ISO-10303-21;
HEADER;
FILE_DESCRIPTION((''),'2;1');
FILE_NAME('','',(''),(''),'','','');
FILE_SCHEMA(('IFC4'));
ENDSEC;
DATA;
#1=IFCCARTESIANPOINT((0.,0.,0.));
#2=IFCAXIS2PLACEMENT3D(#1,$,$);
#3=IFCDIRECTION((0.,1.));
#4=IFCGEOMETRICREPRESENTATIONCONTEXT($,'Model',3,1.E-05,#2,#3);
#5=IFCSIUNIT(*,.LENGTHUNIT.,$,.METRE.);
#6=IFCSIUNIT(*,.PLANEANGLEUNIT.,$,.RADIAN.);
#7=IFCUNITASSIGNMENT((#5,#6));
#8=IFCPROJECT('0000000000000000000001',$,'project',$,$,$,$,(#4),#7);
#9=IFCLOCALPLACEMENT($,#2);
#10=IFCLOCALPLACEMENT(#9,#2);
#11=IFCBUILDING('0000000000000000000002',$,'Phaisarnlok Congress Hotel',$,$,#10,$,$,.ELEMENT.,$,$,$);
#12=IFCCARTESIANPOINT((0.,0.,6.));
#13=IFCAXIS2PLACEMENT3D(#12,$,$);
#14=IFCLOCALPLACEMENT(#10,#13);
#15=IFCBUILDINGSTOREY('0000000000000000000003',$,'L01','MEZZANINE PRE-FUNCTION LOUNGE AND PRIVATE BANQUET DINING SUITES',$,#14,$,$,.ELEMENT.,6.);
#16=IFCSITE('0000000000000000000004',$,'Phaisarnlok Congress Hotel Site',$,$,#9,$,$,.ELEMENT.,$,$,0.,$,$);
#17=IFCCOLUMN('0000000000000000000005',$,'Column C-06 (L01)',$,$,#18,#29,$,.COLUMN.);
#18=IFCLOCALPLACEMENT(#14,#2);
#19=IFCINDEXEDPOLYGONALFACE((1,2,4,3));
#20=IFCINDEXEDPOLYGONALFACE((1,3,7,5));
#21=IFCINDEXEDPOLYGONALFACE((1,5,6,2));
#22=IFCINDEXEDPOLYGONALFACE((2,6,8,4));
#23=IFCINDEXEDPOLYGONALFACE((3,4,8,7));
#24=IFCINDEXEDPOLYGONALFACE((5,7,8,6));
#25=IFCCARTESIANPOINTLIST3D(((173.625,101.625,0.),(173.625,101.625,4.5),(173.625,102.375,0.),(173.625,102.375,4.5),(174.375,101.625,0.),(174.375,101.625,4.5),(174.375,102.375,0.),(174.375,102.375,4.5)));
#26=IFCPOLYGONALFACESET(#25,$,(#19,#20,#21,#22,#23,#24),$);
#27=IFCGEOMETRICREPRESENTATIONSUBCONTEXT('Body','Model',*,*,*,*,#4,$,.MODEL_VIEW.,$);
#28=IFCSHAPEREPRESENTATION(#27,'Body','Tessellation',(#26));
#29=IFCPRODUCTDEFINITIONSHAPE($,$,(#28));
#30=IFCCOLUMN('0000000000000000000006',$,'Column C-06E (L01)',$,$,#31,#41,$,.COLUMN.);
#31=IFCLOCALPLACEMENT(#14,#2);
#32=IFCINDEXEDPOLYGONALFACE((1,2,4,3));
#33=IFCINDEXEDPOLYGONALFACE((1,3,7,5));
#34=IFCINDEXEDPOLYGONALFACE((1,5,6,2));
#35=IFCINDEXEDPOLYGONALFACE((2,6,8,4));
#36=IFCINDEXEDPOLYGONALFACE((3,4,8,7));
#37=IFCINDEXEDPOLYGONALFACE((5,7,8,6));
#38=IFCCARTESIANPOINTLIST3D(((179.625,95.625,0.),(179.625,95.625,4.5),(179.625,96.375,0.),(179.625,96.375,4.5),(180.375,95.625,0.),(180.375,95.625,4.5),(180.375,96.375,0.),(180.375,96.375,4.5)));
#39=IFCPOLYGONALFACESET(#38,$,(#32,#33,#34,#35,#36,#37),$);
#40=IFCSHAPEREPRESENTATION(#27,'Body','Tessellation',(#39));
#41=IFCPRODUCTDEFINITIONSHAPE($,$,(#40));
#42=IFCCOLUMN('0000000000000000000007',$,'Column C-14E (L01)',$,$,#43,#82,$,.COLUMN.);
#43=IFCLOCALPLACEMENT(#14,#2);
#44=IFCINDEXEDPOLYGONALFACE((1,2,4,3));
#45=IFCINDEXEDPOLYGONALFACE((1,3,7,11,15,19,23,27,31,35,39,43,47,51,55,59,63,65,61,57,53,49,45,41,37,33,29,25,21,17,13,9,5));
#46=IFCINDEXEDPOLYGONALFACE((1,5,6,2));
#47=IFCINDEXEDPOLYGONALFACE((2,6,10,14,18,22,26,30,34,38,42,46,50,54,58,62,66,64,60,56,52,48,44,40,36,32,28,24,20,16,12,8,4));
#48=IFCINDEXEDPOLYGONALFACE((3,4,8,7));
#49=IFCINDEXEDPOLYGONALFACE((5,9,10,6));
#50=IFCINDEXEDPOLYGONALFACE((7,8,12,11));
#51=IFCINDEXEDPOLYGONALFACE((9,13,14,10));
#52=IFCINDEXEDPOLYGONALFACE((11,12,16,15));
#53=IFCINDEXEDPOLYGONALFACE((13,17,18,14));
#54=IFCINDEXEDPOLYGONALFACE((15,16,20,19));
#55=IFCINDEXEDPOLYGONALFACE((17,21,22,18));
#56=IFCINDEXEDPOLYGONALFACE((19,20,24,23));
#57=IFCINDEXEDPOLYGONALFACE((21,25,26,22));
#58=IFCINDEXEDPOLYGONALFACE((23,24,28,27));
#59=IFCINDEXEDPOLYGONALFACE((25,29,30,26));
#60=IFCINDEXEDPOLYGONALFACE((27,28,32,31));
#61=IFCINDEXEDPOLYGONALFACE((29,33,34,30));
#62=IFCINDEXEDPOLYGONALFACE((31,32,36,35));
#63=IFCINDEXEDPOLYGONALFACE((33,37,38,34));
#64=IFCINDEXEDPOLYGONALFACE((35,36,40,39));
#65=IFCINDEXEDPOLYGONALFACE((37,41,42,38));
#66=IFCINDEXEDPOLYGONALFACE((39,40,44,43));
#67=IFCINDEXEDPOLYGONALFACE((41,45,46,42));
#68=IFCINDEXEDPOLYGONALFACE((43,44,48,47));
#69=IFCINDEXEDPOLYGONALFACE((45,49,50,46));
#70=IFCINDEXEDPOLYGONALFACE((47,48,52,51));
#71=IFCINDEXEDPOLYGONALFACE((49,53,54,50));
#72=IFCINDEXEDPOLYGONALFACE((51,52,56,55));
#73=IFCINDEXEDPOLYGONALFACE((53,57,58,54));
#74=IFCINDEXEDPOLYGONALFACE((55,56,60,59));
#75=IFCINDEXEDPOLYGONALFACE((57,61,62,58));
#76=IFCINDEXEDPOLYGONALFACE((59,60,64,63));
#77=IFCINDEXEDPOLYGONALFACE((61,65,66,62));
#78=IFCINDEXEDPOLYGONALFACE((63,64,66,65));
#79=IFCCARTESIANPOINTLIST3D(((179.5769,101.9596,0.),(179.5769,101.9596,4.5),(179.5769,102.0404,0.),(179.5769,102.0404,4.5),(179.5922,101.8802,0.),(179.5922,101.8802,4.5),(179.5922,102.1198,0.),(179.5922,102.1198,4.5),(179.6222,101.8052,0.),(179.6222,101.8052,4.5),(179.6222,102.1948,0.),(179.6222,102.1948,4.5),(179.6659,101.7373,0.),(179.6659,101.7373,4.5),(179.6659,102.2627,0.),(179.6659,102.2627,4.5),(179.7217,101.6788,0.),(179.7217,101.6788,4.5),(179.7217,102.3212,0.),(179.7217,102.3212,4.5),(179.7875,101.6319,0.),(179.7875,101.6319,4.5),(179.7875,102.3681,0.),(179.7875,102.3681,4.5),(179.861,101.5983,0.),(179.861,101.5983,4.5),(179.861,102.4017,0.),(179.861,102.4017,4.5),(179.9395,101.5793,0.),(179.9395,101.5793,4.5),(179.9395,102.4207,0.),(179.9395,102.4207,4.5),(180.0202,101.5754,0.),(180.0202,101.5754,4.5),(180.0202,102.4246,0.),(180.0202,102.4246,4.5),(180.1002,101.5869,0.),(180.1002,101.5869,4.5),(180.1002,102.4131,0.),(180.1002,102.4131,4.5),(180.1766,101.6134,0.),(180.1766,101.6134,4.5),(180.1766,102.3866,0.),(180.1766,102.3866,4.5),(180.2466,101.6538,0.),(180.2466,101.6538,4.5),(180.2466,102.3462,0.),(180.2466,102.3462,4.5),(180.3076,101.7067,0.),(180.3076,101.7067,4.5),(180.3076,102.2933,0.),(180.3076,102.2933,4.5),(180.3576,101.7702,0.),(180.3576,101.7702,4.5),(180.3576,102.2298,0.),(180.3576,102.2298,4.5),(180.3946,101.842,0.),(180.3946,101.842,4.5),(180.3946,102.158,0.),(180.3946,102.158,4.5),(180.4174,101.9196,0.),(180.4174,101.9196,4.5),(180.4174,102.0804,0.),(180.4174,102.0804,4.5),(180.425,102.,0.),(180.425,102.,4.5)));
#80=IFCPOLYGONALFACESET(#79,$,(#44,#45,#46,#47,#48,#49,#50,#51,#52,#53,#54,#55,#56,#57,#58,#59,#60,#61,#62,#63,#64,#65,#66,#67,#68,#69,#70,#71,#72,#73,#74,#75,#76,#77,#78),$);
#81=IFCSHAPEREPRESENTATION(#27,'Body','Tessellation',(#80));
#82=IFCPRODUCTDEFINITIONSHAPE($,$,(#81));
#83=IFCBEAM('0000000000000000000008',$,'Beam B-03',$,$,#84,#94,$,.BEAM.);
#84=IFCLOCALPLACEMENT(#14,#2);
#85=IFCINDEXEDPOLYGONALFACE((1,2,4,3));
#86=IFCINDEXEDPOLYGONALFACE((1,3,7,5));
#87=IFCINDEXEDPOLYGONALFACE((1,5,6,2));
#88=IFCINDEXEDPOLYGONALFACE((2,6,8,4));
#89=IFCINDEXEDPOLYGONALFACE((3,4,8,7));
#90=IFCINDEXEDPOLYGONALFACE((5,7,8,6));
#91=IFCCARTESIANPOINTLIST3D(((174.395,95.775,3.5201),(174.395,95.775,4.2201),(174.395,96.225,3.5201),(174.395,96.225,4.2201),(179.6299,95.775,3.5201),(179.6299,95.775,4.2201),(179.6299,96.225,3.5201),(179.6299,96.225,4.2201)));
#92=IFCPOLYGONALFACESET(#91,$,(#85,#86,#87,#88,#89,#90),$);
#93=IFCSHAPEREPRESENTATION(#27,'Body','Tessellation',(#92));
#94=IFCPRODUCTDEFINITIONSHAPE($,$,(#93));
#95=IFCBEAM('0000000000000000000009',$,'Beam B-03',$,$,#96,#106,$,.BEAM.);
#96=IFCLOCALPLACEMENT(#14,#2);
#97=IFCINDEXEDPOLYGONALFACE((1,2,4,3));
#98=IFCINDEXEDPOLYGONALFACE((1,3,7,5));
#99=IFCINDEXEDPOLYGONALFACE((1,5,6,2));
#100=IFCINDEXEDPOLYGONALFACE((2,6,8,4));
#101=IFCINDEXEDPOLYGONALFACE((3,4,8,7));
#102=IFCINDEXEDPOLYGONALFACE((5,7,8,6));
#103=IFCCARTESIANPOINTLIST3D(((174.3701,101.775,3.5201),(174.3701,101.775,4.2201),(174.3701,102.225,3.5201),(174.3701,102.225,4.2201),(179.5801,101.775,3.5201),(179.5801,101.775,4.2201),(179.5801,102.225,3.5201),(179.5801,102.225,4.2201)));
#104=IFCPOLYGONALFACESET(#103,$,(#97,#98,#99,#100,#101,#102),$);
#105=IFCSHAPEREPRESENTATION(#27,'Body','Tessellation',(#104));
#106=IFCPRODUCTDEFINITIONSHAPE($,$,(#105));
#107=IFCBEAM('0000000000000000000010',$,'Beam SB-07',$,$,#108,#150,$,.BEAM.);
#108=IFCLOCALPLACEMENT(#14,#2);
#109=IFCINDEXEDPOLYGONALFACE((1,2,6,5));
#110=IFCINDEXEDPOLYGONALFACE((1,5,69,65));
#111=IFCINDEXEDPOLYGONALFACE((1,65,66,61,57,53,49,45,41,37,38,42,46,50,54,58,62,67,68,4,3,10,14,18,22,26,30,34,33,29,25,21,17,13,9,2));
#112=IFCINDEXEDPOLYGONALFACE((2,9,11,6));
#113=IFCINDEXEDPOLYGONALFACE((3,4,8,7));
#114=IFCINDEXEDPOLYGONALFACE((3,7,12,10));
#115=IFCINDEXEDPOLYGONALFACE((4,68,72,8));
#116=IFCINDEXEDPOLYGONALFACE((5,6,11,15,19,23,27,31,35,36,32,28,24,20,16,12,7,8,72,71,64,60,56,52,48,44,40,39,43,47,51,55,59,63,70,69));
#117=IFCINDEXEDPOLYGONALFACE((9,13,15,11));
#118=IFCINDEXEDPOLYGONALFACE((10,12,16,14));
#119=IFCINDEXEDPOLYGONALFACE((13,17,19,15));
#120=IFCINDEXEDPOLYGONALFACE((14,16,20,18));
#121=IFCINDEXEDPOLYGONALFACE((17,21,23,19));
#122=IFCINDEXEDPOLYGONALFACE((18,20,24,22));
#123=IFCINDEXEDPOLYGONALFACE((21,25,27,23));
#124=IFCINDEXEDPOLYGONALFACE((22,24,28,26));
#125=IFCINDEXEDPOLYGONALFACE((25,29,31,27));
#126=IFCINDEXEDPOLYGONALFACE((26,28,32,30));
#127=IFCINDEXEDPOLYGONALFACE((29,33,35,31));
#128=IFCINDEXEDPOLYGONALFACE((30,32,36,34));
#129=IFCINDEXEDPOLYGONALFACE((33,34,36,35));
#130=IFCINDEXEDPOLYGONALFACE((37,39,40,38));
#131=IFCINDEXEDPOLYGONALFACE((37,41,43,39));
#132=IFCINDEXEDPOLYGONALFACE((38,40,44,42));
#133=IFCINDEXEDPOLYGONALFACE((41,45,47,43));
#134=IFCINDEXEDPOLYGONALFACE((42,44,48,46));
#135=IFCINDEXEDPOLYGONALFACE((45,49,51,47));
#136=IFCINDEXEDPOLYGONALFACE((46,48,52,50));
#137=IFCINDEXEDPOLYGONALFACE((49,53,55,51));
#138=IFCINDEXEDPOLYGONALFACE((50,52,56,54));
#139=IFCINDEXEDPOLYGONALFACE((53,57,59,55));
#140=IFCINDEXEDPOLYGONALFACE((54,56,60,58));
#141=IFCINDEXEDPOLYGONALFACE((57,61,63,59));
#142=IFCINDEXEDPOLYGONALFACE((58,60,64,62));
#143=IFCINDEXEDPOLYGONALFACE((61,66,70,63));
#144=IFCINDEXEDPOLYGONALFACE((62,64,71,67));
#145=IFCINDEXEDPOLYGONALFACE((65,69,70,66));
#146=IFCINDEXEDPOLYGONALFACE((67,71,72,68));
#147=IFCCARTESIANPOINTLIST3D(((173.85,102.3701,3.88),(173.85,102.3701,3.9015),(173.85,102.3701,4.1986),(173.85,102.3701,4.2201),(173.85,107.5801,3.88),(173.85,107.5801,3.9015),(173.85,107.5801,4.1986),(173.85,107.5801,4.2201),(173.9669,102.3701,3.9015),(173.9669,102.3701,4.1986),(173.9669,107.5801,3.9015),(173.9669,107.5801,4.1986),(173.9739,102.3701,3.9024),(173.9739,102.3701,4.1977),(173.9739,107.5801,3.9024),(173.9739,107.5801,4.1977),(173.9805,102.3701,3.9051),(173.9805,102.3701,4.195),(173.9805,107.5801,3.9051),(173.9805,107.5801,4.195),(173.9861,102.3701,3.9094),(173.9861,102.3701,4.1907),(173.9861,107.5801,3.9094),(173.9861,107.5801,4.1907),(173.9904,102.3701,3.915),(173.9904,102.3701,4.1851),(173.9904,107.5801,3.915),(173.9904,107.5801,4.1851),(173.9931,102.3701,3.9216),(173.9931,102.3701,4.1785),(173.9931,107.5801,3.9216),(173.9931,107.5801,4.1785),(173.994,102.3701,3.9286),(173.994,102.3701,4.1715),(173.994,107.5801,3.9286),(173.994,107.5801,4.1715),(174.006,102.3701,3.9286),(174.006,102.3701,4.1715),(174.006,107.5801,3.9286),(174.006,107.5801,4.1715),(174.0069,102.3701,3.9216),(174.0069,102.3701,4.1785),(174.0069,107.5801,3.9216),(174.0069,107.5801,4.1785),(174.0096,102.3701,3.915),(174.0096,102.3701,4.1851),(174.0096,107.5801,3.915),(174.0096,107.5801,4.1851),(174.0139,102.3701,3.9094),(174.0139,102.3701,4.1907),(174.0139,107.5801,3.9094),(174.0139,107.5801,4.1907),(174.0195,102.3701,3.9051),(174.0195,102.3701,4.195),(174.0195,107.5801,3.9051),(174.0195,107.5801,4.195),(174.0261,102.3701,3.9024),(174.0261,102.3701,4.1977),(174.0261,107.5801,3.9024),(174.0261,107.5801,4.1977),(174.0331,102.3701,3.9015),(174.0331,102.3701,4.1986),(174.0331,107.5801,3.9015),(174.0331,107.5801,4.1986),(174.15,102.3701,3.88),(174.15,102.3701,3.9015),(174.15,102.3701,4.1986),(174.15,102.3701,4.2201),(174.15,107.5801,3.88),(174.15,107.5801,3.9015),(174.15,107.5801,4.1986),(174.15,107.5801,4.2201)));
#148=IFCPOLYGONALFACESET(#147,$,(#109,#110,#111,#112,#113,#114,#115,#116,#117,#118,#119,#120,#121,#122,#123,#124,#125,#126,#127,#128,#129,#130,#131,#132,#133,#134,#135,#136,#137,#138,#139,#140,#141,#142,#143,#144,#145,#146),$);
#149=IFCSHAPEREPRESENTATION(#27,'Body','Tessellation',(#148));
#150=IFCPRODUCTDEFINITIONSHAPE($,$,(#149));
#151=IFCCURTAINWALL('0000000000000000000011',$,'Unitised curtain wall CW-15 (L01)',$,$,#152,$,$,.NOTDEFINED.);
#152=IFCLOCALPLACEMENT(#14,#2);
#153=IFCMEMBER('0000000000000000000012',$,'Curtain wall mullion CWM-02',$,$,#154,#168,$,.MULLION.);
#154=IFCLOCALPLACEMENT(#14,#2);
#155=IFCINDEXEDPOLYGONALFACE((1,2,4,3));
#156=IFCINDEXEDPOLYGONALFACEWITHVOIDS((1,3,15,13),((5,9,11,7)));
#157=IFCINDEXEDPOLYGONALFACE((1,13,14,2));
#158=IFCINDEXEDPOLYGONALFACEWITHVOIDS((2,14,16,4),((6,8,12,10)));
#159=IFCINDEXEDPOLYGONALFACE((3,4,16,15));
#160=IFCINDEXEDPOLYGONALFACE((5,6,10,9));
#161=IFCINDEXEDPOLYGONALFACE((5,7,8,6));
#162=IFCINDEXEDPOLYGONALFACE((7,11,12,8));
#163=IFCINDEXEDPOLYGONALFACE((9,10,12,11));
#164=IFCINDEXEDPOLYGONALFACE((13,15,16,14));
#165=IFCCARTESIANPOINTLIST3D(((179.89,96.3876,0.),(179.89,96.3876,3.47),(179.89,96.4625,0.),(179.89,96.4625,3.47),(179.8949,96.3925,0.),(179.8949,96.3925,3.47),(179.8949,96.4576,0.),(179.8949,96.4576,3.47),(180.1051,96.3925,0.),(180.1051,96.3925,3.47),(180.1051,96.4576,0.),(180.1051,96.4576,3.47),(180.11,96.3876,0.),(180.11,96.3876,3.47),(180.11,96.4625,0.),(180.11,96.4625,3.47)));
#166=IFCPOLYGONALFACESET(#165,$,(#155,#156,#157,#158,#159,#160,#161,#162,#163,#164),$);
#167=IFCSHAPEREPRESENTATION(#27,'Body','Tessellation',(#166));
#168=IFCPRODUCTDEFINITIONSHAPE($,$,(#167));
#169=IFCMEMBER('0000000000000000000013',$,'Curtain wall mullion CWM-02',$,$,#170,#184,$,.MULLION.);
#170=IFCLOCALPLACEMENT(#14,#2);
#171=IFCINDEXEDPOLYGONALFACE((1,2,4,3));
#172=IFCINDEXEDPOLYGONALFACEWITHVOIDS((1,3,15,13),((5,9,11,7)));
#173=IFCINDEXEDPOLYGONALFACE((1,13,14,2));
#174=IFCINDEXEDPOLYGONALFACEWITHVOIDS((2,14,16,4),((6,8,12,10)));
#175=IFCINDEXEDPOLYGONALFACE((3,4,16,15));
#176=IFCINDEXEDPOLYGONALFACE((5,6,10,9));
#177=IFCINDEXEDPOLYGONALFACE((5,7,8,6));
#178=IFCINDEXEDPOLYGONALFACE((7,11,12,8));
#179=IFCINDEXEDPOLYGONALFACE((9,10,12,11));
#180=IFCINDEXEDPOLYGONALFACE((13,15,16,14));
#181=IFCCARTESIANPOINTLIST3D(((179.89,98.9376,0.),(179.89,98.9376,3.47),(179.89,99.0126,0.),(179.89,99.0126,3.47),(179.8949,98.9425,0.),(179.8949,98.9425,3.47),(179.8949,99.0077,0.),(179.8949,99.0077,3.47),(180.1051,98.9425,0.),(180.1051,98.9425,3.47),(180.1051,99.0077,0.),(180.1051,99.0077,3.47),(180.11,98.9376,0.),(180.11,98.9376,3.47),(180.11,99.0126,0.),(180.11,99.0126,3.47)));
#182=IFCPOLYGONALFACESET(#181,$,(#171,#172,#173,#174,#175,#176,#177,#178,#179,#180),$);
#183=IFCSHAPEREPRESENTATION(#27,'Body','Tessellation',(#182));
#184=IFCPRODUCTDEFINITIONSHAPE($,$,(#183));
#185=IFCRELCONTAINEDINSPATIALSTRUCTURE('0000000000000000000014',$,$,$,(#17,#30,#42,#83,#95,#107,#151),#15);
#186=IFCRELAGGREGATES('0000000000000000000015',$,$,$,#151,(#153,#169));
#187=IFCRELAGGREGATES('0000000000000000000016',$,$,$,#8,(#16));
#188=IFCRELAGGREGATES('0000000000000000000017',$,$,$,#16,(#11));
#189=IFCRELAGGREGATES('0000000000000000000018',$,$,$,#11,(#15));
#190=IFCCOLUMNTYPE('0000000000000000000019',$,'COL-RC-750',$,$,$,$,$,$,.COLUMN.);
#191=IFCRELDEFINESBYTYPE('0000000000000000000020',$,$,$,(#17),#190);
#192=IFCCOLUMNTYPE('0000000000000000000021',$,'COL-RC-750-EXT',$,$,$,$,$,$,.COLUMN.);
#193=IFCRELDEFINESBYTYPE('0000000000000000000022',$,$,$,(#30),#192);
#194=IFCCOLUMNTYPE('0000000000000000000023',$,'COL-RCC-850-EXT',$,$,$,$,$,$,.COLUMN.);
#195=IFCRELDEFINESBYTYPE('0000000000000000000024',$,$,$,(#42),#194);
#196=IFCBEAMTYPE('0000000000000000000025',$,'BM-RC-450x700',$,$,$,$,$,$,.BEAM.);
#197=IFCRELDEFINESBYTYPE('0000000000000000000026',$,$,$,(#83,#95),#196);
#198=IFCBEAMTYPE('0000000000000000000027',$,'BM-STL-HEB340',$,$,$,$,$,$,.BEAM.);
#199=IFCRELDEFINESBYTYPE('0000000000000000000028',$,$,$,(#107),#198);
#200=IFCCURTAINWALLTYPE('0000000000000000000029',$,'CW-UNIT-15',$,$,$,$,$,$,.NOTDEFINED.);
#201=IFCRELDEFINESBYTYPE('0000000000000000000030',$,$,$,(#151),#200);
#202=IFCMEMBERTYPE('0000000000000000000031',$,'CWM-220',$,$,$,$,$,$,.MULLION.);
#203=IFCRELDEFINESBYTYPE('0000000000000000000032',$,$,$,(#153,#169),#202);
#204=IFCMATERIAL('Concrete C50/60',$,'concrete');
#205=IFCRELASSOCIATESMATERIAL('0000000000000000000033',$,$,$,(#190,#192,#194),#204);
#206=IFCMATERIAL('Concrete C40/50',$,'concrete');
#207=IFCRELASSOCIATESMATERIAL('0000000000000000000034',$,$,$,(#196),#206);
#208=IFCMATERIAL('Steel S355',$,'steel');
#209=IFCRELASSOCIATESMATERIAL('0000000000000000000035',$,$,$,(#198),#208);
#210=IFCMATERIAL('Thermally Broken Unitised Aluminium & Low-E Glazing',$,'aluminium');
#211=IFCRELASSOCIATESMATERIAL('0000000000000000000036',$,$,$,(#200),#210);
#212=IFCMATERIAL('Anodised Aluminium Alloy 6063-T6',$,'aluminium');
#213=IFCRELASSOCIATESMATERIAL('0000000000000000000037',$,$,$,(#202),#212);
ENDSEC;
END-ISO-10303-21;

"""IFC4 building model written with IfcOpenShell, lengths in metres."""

from ifc_helpers import new_model, si_unit, direction, frame, origin, origin_2d, place, context, subcontext, project, spatial, rectangle, hollow_rectangle, circle, i_section, extrude, material, material_profile, profile_set, type_object, element, aggregate, save


model = new_model("IFC4")

# Units and contexts
model_context = context("Model", 3, precision=1e-05, world=origin(), true_north=direction((0.0, 1.0)))
body_context = subcontext(model_context, "Body", "Model", "MODEL_VIEW")
ifc_project = project(units=[si_unit("LENGTHUNIT", "METRE"), si_unit("PLANEANGLEUNIT", "RADIAN")], contexts=[model_context])

# Site, building, storey
site_placement = place(None, origin())
site = spatial("IfcSite", under=ifc_project, at=site_placement, Name="Phaisarnlok Congress Hotel Site", CompositionType="ELEMENT", RefElevation=0.0)
building_placement = place(site_placement, origin())
building = spatial("IfcBuilding", under=site, at=building_placement, Name="Phaisarnlok Congress Hotel", CompositionType="ELEMENT")
storey_placement = place(building_placement, frame((0.0, 0.0, 6.0)))
storey = spatial("IfcBuildingStorey", under=building, at=storey_placement, Name="L01", Description="MEZZANINE PRE-FUNCTION LOUNGE AND PRIVATE BANQUET DINING SUITES", CompositionType="ELEMENT", Elevation=6.0)

# Columns
ifc_material_1 = material(Name="Concrete C50/60", Category="concrete")
ifc_material_profile_1 = material_profile(ifc_material_1, rectangle(XDim=0.75, YDim=0.75, at=origin_2d()), Name="RC 750x750")
ifc_profile_set_1 = profile_set([ifc_material_profile_1], Name="Concrete C50/60")
column_type_1 = type_object("IfcColumnType", Name="COL-RC-750", PredefinedType="COLUMN", material=ifc_profile_set_1)
column_1_placement = place(storey_placement, frame((174.0, 102.0, 0.0), z_axis=(0.0, 0.0, 1.0), x_axis=(1.0, 0.0, 0.0)))
element("IfcColumn", 1, at=column_1_placement, inside=storey, type_object=column_type_1, Name="Column C-06 (L01)", PredefinedType="COLUMN", context=body_context, shape_type="SweptSolid", body=[
    extrude(rectangle(XDim=0.75, YDim=0.75, at=origin_2d()), origin(), (0.0, 0.0, 1.0), 4.5),
])
ifc_material_profile_2 = material_profile(ifc_material_1, rectangle(XDim=0.75, YDim=0.75, at=origin_2d()), Name="RC 750x750")
ifc_profile_set_2 = profile_set([ifc_material_profile_2], Name="Concrete C50/60")
column_type_2 = type_object("IfcColumnType", Name="COL-RC-750-EXT", PredefinedType="COLUMN", material=ifc_profile_set_2)
column_2_placement = place(storey_placement, frame((180.0, 96.0, 0.0), z_axis=(0.0, 0.0, 1.0), x_axis=(1.0, 0.0, 0.0)))
element("IfcColumn", 2, at=column_2_placement, inside=storey, type_object=column_type_2, Name="Column C-06E (L01)", PredefinedType="COLUMN", context=body_context, shape_type="SweptSolid", body=[
    extrude(rectangle(XDim=0.75, YDim=0.75, at=origin_2d()), origin(), (0.0, 0.0, 1.0), 4.5),
])
ifc_material_profile_3 = material_profile(ifc_material_1, circle(Radius=0.425, at=origin_2d()), Name="RCC D850")
ifc_profile_set_3 = profile_set([ifc_material_profile_3], Name="Concrete C50/60")
column_type_3 = type_object("IfcColumnType", Name="COL-RCC-850-EXT", PredefinedType="COLUMN", material=ifc_profile_set_3)
column_3_placement = place(storey_placement, frame((180.0, 102.0, 0.0), z_axis=(0.0, 0.0, 1.0), x_axis=(1.0, 0.0, 0.0)))
element("IfcColumn", 3, at=column_3_placement, inside=storey, type_object=column_type_3, Name="Column C-14E (L01)", PredefinedType="COLUMN", context=body_context, shape_type="SweptSolid", body=[
    extrude(circle(Radius=0.425, at=origin_2d()), origin(), (0.0, 0.0, 1.0), 4.5),
])

# Beams
ifc_material_2 = material(Name="Concrete C40/50", Category="concrete")
ifc_material_profile_4 = material_profile(ifc_material_2, rectangle(XDim=0.45, YDim=0.7, at=origin_2d()), Name="RC 450x700")
ifc_profile_set_4 = profile_set([ifc_material_profile_4], Name="Concrete C40/50")
beam_type_1 = type_object("IfcBeamType", Name="BM-RC-450x700", PredefinedType="BEAM", material=ifc_profile_set_4)
beam_1_placement = place(storey_placement, frame((174.395, 96.0, 3.8701), z_axis=(1.0, 0.0, 0.0), x_axis=(0.0, 1.0, 0.0)))
element("IfcBeam", 4, at=beam_1_placement, inside=storey, type_object=beam_type_1, Name="Beam B-03", PredefinedType="BEAM", context=body_context, shape_type="SweptSolid", body=[
    extrude(rectangle(XDim=0.45, YDim=0.7, at=origin_2d()), origin(), (0.0, 0.0, 1.0), 5.2349),
])
beam_2_placement = place(storey_placement, frame((174.3701, 102.0, 3.8701), z_axis=(1.0, 0.0, 0.0), x_axis=(0.0, 1.0, 0.0)))
element("IfcBeam", 5, at=beam_2_placement, inside=storey, type_object=beam_type_1, Name="Beam B-03", PredefinedType="BEAM", context=body_context, shape_type="SweptSolid", body=[
    extrude(rectangle(XDim=0.45, YDim=0.7, at=origin_2d()), origin(), (0.0, 0.0, 1.0), 5.21),
])
ifc_material_3 = material(Name="Steel S355", Category="steel")
ifc_material_profile_5 = material_profile(ifc_material_3, i_section(OverallWidth=0.3, OverallDepth=0.3401, WebThickness=0.012, FlangeThickness=0.0215, FilletRadius=0.0271, at=origin_2d()), Name="HEB 340")
ifc_profile_set_5 = profile_set([ifc_material_profile_5], Name="Steel S355")
beam_type_2 = type_object("IfcBeamType", Name="BM-STL-HEB340", PredefinedType="BEAM", material=ifc_profile_set_5)
beam_3_placement = place(storey_placement, frame((174.0, 102.3701, 4.05), z_axis=(0.0, 1.0, 0.0), x_axis=(-1.0, 0.0, 0.0)))
element("IfcBeam", 6, at=beam_3_placement, inside=storey, type_object=beam_type_2, Name="Beam SB-07", PredefinedType="BEAM", context=body_context, shape_type="SweptSolid", body=[
    extrude(i_section(OverallWidth=0.3, OverallDepth=0.3401, WebThickness=0.012, FlangeThickness=0.0215, FilletRadius=0.0271, at=origin_2d()), origin(), (0.0, 0.0, 1.0), 5.21),
])

# Curtain wall, members
ifc_material_4 = material(Name="Thermally Broken Unitised Aluminium & Low-E Glazing", Category="aluminium")
curtain_wall_type = type_object("IfcCurtainWallType", Name="CW-UNIT-15", PredefinedType="NOTDEFINED", material=ifc_material_4)
curtain_wall_placement = place(storey_placement, origin())
curtain_wall = element("IfcCurtainWall", 7, at=curtain_wall_placement, inside=storey, type_object=curtain_wall_type, Name="Unitised curtain wall CW-15 (L01)", PredefinedType="NOTDEFINED")
ifc_material_5 = material(Name="Anodised Aluminium Alloy 6063-T6", Category="aluminium")
ifc_material_profile_6 = material_profile(ifc_material_5, hollow_rectangle(XDim=0.075, YDim=0.22, WallThickness=0.0049, at=origin_2d()), Name="ALU-M 75x220x5")
ifc_profile_set_6 = profile_set([ifc_material_profile_6], Name="Anodised Aluminium Alloy 6063-T6")
member_type_1 = type_object("IfcMemberType", Name="CWM-220", PredefinedType="MULLION", material=ifc_profile_set_6)
member_1_placement = place(storey_placement, frame((180.0, 96.425, 0.0), z_axis=(0.0, 0.0, 1.0), x_axis=(0.0, 1.0, 0.0)))
member_1 = element("IfcMember", 8, at=member_1_placement, type_object=member_type_1, Name="Curtain wall mullion CWM-02", PredefinedType="MULLION", context=body_context, shape_type="SweptSolid", body=[
    extrude(hollow_rectangle(XDim=0.075, YDim=0.22, WallThickness=0.0049, at=origin_2d()), origin(), (0.0, 0.0, 1.0), 3.47),
])
member_2_placement = place(storey_placement, frame((180.0, 98.9751, 0.0), z_axis=(0.0, 0.0, 1.0), x_axis=(0.0, 1.0, 0.0)))
member_2 = element("IfcMember", 9, at=member_2_placement, type_object=member_type_1, Name="Curtain wall mullion CWM-02", PredefinedType="MULLION", context=body_context, shape_type="SweptSolid", body=[
    extrude(hollow_rectangle(XDim=0.075, YDim=0.22, WallThickness=0.0049, at=origin_2d()), origin(), (0.0, 0.0, 1.0), 3.47),
])

aggregate(curtain_wall, [member_1, member_2])

save(model, "model.ifc")
